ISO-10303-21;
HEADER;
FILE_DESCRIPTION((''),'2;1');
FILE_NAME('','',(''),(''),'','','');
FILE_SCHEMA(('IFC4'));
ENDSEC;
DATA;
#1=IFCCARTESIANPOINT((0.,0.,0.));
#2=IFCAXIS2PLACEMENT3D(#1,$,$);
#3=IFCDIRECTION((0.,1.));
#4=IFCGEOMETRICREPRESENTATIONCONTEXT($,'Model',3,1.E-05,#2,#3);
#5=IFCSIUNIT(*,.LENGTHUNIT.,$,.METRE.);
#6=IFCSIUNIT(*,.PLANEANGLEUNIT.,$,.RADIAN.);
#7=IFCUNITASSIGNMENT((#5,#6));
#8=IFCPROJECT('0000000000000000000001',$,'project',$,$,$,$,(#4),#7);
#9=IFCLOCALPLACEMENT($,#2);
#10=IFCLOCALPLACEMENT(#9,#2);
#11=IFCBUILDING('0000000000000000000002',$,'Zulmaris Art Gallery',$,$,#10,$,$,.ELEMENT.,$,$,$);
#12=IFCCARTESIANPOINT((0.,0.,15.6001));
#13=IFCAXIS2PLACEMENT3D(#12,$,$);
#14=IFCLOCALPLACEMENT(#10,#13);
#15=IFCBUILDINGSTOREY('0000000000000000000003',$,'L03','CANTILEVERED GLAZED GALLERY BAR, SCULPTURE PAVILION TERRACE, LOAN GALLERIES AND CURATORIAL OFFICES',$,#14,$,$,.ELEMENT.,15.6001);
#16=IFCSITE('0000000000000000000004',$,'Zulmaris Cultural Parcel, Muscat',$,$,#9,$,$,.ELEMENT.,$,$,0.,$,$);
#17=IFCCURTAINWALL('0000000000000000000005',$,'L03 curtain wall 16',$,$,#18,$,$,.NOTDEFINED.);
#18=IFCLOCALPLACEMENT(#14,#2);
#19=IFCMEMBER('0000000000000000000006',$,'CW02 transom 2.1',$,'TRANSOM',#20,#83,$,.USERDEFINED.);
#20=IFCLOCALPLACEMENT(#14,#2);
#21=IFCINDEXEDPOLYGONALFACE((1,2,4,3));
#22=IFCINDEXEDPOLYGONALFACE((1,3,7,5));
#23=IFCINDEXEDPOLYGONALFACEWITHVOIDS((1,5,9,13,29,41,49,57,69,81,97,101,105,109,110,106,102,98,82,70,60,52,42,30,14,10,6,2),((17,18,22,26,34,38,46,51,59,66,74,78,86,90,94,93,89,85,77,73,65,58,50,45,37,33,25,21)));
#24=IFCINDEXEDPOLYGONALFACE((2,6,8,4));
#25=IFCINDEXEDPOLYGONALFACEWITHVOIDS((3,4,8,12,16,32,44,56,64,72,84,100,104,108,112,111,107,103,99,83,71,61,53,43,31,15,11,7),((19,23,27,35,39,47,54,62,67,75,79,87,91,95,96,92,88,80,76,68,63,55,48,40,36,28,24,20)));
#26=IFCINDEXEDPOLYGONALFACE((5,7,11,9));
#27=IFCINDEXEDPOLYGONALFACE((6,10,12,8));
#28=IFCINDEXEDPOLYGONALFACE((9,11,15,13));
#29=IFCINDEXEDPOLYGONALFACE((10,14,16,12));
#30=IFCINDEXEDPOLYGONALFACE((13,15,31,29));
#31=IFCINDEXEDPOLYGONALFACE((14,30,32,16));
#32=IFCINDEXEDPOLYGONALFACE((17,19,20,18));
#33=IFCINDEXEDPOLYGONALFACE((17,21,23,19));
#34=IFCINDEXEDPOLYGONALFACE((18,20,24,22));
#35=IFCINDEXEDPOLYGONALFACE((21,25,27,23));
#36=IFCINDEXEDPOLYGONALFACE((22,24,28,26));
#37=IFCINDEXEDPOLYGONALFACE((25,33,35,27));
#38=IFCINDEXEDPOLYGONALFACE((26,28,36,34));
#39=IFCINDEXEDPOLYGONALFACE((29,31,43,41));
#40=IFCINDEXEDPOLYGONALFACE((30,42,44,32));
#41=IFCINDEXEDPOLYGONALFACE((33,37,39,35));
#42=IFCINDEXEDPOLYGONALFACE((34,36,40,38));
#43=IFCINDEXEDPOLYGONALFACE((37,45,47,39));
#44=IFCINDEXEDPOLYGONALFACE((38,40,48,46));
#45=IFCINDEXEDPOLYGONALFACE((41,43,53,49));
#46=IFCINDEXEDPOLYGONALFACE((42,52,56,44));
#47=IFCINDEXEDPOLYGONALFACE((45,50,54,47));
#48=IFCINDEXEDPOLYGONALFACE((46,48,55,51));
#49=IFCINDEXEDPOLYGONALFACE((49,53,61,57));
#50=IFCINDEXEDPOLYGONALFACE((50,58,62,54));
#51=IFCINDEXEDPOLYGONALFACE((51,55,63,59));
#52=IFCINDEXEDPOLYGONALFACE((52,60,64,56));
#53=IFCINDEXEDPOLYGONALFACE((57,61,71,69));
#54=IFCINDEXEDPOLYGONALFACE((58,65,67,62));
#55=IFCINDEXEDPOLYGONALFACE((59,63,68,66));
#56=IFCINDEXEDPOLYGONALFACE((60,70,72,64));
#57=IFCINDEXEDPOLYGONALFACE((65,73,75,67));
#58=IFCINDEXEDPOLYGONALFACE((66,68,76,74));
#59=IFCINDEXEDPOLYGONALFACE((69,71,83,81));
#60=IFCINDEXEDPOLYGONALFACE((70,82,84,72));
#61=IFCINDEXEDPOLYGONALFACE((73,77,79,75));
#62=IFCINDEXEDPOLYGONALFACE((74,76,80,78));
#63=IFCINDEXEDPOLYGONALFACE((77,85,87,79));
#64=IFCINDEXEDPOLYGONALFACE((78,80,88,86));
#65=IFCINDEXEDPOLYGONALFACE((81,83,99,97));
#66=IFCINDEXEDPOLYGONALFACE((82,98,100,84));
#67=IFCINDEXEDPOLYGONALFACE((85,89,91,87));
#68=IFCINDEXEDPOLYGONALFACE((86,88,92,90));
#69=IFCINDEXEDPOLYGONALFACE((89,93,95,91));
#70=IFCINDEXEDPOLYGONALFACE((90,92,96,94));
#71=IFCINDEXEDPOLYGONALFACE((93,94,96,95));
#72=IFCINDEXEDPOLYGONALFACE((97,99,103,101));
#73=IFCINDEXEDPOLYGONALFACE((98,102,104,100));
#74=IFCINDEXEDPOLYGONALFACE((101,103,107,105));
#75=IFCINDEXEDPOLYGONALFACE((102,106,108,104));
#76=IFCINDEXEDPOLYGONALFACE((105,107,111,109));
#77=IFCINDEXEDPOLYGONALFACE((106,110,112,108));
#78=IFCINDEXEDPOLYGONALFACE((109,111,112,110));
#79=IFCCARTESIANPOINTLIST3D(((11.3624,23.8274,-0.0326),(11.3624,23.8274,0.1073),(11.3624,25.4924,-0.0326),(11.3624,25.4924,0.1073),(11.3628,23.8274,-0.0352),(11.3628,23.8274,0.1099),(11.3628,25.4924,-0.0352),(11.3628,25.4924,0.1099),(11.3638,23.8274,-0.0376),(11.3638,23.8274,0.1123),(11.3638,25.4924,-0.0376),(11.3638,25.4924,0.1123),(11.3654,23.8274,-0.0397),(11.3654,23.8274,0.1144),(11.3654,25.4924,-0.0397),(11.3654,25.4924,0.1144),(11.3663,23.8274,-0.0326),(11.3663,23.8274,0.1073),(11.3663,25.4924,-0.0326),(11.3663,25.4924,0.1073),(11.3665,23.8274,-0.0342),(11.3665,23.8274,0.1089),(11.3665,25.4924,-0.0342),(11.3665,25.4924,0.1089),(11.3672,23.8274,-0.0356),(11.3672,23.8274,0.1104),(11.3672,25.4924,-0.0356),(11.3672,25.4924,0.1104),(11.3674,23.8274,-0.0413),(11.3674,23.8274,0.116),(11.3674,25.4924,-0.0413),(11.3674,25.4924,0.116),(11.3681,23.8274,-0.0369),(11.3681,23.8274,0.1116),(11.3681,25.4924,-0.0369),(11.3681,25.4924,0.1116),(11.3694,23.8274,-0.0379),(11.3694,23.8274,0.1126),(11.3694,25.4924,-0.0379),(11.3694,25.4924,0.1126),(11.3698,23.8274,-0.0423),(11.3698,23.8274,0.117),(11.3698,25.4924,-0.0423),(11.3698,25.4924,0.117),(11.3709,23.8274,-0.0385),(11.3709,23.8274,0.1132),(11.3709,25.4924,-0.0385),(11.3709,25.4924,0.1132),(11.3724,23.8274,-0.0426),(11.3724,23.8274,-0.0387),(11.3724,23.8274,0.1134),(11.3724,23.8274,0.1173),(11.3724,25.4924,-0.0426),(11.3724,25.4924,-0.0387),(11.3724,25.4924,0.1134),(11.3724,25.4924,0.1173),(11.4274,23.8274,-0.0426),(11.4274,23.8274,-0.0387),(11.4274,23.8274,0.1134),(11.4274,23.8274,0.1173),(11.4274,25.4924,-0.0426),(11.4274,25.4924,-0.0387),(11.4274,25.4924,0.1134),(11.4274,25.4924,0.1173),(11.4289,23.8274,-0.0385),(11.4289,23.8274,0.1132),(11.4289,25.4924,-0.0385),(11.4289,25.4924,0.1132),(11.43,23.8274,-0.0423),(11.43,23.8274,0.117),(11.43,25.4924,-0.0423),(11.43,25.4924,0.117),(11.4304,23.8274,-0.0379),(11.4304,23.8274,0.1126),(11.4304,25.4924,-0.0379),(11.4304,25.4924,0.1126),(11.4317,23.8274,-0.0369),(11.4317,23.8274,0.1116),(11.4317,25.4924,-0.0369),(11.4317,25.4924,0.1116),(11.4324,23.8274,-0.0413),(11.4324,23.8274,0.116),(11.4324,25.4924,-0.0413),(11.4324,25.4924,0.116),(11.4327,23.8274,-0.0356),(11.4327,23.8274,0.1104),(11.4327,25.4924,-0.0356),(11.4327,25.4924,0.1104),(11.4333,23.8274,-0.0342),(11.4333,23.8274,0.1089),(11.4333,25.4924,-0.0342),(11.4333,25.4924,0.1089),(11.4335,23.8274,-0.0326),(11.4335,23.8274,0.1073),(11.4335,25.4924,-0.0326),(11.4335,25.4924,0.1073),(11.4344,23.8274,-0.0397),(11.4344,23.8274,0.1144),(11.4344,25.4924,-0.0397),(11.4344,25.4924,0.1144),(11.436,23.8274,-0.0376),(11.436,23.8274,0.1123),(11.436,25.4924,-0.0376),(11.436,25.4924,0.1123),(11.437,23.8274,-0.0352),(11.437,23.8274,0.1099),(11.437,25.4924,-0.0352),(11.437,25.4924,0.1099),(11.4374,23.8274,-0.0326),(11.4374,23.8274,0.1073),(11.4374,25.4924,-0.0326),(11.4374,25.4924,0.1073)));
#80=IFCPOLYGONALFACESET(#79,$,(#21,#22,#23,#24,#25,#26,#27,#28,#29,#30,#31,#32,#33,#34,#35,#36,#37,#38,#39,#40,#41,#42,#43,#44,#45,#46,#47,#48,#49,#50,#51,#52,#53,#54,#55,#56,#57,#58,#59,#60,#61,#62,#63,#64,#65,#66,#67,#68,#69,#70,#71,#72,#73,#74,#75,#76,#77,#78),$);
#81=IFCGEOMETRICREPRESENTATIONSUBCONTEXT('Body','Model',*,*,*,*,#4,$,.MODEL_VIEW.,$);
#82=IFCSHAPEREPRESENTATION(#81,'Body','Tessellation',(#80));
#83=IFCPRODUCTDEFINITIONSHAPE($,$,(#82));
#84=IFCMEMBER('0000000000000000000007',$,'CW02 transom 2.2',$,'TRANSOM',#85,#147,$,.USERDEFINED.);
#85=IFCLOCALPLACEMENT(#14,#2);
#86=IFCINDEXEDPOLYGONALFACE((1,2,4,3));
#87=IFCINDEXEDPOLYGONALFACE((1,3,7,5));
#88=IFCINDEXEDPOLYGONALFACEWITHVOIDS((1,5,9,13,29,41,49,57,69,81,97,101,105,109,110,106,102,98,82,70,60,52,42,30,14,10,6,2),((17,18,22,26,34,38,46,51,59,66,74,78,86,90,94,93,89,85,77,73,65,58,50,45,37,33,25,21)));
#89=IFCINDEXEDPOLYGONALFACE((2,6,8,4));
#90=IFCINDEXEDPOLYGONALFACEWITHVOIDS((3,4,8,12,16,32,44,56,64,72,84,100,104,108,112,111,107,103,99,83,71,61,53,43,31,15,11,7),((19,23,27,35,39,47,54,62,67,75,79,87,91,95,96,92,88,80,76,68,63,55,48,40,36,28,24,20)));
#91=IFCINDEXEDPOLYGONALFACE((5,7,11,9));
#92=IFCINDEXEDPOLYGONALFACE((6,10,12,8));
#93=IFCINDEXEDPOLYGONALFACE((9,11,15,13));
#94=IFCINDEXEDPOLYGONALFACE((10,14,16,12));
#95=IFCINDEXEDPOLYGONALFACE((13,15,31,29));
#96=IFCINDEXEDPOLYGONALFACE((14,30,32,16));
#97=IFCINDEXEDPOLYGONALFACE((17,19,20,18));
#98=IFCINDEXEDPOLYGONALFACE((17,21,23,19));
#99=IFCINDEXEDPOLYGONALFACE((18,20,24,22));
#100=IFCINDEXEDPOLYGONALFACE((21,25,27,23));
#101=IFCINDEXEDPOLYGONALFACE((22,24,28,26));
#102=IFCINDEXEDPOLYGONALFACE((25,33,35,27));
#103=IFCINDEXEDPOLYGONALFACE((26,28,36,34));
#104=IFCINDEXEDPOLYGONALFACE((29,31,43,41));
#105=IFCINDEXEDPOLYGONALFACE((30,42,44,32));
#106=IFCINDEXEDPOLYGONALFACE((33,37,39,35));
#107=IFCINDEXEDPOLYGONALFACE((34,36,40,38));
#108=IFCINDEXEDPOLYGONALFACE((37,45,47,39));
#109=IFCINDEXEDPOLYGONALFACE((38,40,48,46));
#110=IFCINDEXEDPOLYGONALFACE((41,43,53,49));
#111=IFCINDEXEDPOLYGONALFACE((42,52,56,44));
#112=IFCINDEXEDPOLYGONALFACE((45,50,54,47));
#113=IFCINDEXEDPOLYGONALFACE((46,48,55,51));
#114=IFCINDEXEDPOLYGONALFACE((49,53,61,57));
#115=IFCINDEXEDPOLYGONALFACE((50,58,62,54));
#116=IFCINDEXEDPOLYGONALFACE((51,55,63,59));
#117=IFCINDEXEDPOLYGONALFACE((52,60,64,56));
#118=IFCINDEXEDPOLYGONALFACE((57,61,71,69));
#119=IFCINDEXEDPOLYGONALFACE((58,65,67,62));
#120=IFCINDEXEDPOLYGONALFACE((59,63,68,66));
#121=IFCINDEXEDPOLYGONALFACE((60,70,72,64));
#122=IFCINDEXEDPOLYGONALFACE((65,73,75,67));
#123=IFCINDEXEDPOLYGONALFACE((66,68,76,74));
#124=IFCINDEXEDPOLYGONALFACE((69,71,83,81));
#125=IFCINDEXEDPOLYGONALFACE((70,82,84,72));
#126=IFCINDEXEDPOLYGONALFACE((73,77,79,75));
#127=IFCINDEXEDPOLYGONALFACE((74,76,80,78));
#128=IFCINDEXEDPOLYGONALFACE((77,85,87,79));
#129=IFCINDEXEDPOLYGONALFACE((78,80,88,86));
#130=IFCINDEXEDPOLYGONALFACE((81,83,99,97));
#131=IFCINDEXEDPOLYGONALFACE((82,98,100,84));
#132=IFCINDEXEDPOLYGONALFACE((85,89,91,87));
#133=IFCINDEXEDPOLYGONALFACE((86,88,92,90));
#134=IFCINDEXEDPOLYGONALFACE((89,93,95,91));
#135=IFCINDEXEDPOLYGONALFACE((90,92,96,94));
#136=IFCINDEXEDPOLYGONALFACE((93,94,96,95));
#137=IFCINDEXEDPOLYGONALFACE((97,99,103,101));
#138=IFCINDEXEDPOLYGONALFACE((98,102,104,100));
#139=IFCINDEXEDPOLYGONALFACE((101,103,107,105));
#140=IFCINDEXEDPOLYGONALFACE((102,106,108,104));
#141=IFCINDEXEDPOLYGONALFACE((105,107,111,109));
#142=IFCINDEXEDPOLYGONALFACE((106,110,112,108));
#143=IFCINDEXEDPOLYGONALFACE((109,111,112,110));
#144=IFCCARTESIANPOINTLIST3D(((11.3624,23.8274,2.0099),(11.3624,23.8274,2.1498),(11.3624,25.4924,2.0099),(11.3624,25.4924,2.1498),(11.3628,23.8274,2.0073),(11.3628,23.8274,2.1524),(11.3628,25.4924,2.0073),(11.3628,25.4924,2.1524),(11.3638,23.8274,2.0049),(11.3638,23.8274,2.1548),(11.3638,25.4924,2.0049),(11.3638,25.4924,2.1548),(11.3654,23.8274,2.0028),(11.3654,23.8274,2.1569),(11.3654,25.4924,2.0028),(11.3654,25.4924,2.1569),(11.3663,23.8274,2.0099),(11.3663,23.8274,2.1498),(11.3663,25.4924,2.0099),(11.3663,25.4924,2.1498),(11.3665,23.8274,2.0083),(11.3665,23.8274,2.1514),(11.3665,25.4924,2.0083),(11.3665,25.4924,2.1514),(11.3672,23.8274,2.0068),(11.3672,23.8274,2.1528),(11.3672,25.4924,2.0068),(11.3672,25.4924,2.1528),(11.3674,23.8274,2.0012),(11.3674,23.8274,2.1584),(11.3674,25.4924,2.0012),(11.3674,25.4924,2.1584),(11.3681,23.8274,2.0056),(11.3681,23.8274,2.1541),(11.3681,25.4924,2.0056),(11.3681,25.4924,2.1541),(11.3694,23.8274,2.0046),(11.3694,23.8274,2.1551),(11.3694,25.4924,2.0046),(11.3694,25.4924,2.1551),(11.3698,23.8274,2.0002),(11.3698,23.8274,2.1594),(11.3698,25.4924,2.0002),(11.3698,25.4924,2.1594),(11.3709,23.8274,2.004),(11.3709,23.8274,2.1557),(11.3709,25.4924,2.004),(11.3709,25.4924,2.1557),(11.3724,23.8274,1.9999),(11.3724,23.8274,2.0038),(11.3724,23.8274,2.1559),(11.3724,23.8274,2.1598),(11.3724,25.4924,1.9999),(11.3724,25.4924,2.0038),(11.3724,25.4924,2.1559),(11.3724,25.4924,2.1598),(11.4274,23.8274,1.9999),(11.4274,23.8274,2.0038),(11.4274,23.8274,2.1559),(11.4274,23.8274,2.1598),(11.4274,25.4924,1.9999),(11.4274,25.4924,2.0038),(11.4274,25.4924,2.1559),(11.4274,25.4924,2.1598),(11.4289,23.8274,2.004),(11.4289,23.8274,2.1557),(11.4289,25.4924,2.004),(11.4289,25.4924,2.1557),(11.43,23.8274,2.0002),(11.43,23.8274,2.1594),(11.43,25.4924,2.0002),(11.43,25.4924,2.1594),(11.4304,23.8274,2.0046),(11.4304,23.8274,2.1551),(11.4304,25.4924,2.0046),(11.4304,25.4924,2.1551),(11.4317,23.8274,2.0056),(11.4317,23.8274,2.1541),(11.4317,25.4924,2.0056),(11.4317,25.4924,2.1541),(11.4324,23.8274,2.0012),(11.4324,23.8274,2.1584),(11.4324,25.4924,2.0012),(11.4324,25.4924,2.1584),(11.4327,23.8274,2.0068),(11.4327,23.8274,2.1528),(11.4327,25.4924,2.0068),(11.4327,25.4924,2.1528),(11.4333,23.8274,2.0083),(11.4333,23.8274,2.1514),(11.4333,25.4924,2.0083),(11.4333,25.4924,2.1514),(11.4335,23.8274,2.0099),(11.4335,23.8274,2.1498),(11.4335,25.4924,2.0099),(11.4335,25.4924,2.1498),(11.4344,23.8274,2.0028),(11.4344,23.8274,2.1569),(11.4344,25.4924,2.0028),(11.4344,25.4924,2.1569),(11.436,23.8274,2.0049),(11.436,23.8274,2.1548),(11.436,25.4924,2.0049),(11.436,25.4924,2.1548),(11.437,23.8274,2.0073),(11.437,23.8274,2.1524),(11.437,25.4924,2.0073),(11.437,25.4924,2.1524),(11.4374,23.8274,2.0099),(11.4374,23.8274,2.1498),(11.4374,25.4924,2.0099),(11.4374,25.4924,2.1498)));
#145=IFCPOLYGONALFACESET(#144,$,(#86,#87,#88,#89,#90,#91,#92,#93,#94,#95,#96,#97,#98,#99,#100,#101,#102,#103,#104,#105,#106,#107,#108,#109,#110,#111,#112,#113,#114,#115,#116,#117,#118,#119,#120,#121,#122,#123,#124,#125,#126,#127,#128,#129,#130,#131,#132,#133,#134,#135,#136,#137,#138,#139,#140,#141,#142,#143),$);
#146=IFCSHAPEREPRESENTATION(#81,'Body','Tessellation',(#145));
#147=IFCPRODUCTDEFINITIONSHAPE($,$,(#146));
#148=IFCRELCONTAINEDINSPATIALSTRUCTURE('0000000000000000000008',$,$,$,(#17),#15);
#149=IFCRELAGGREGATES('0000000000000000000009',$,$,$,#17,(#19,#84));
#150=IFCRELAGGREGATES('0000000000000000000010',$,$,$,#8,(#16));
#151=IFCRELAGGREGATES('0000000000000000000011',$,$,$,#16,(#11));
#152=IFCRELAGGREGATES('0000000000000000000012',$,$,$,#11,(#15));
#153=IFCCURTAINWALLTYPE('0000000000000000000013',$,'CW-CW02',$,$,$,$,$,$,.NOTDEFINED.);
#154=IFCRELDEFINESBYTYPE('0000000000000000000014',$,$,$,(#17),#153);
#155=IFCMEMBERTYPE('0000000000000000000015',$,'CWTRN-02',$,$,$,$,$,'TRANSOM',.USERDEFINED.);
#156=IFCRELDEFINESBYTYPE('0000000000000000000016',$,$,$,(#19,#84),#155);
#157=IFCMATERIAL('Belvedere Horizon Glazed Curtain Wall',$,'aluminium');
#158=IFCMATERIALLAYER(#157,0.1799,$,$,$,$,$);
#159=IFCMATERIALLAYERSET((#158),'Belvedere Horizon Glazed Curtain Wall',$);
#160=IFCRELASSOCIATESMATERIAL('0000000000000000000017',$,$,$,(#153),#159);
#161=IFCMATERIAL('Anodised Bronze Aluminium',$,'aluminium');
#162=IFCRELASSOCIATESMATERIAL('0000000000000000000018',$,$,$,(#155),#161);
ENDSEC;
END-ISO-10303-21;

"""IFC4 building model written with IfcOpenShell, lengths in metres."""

from ifc_helpers import new_model, si_unit, direction, frame, origin, origin_2d, place, context, subcontext, project, spatial, hollow_rectangle, extrude, material, layer, layer_set, material_profile, profile_set, type_object, element, aggregate, save


model = new_model("IFC4")

# Units and contexts
model_context = context("Model", 3, precision=1e-05, world=origin(), true_north=direction((0.0, 1.0)))
body_context = subcontext(model_context, "Body", "Model", "MODEL_VIEW")
ifc_project = project(units=[si_unit("LENGTHUNIT", "METRE"), si_unit("PLANEANGLEUNIT", "RADIAN")], contexts=[model_context])

# Site, building, storey
site_placement = place(None, origin())
site = spatial("IfcSite", under=ifc_project, at=site_placement, Name="Zulmaris Cultural Parcel, Muscat", CompositionType="ELEMENT", RefElevation=0.0)
building_placement = place(site_placement, origin())
building = spatial("IfcBuilding", under=site, at=building_placement, Name="Zulmaris Art Gallery", CompositionType="ELEMENT")
storey_placement = place(building_placement, frame((0.0, 0.0, 15.6001)))
storey = spatial("IfcBuildingStorey", under=building, at=storey_placement, Name="L03", Description="CANTILEVERED GLAZED GALLERY BAR, SCULPTURE PAVILION TERRACE, LOAN GALLERIES AND CURATORIAL OFFICES", CompositionType="ELEMENT", Elevation=15.6001)

# Curtain wall
ifc_material_1 = material(Name="Belvedere Horizon Glazed Curtain Wall", Category="aluminium")
ifc_layer_1 = layer(ifc_material_1, 0.1799)
ifc_layer_set_1 = layer_set([ifc_layer_1], Name="Belvedere Horizon Glazed Curtain Wall")
curtain_wall_type_1 = type_object("IfcCurtainWallType", Name="CW-CW02", PredefinedType="NOTDEFINED", material=ifc_layer_set_1)
curtain_wall_1_placement = place(storey_placement, origin())
curtain_wall_1 = element("IfcCurtainWall", 1, at=curtain_wall_1_placement, inside=storey, type_object=curtain_wall_type_1, Name="L03 curtain wall 16", PredefinedType="NOTDEFINED")
ifc_material_2 = material(Name="Anodised Bronze Aluminium", Category="aluminium")

# Members
ifc_material_profile_1 = material_profile(ifc_material_2, hollow_rectangle(XDim=0.075, YDim=0.1599, WallThickness=0.0039, InnerFilletRadius=0.0061, OuterFilletRadius=0.01, at=origin_2d()), Name="ALU 75x160x4")
ifc_profile_set_1 = profile_set([ifc_material_profile_1], Name="Anodised Bronze Aluminium")
member_type_1 = type_object("IfcMemberType", Name="CWTRN-02", ElementType="TRANSOM", PredefinedType="USERDEFINED", material=ifc_profile_set_1)
member_1_placement = place(storey_placement, frame((11.3999, 23.8274, 0.0374), z_axis=(0.0, 1.0, 0.0), x_axis=(-1.0, 0.0, 0.0)))
member_1 = element("IfcMember", 2, at=member_1_placement, type_object=member_type_1, Name="CW02 transom 2.1", ObjectType="TRANSOM", PredefinedType="USERDEFINED", context=body_context, shape_type="SweptSolid", body=[
    extrude(hollow_rectangle(XDim=0.075, YDim=0.1599, WallThickness=0.0039, InnerFilletRadius=0.0061, OuterFilletRadius=0.01, at=origin_2d()), origin(), (0.0, 0.0, 1.0), 1.665),
])
member_2_placement = place(storey_placement, frame((11.3999, 23.8274, 2.0798), z_axis=(0.0, 1.0, 0.0), x_axis=(-1.0, 0.0, 0.0)))
member_2 = element("IfcMember", 3, at=member_2_placement, type_object=member_type_1, Name="CW02 transom 2.2", ObjectType="TRANSOM", PredefinedType="USERDEFINED", context=body_context, shape_type="SweptSolid", body=[
    extrude(hollow_rectangle(XDim=0.075, YDim=0.1599, WallThickness=0.0039, InnerFilletRadius=0.0061, OuterFilletRadius=0.01, at=origin_2d()), origin(), (0.0, 0.0, 1.0), 1.665),
])

aggregate(curtain_wall_1, [member_1, member_2])

save(model, "model.ifc")
